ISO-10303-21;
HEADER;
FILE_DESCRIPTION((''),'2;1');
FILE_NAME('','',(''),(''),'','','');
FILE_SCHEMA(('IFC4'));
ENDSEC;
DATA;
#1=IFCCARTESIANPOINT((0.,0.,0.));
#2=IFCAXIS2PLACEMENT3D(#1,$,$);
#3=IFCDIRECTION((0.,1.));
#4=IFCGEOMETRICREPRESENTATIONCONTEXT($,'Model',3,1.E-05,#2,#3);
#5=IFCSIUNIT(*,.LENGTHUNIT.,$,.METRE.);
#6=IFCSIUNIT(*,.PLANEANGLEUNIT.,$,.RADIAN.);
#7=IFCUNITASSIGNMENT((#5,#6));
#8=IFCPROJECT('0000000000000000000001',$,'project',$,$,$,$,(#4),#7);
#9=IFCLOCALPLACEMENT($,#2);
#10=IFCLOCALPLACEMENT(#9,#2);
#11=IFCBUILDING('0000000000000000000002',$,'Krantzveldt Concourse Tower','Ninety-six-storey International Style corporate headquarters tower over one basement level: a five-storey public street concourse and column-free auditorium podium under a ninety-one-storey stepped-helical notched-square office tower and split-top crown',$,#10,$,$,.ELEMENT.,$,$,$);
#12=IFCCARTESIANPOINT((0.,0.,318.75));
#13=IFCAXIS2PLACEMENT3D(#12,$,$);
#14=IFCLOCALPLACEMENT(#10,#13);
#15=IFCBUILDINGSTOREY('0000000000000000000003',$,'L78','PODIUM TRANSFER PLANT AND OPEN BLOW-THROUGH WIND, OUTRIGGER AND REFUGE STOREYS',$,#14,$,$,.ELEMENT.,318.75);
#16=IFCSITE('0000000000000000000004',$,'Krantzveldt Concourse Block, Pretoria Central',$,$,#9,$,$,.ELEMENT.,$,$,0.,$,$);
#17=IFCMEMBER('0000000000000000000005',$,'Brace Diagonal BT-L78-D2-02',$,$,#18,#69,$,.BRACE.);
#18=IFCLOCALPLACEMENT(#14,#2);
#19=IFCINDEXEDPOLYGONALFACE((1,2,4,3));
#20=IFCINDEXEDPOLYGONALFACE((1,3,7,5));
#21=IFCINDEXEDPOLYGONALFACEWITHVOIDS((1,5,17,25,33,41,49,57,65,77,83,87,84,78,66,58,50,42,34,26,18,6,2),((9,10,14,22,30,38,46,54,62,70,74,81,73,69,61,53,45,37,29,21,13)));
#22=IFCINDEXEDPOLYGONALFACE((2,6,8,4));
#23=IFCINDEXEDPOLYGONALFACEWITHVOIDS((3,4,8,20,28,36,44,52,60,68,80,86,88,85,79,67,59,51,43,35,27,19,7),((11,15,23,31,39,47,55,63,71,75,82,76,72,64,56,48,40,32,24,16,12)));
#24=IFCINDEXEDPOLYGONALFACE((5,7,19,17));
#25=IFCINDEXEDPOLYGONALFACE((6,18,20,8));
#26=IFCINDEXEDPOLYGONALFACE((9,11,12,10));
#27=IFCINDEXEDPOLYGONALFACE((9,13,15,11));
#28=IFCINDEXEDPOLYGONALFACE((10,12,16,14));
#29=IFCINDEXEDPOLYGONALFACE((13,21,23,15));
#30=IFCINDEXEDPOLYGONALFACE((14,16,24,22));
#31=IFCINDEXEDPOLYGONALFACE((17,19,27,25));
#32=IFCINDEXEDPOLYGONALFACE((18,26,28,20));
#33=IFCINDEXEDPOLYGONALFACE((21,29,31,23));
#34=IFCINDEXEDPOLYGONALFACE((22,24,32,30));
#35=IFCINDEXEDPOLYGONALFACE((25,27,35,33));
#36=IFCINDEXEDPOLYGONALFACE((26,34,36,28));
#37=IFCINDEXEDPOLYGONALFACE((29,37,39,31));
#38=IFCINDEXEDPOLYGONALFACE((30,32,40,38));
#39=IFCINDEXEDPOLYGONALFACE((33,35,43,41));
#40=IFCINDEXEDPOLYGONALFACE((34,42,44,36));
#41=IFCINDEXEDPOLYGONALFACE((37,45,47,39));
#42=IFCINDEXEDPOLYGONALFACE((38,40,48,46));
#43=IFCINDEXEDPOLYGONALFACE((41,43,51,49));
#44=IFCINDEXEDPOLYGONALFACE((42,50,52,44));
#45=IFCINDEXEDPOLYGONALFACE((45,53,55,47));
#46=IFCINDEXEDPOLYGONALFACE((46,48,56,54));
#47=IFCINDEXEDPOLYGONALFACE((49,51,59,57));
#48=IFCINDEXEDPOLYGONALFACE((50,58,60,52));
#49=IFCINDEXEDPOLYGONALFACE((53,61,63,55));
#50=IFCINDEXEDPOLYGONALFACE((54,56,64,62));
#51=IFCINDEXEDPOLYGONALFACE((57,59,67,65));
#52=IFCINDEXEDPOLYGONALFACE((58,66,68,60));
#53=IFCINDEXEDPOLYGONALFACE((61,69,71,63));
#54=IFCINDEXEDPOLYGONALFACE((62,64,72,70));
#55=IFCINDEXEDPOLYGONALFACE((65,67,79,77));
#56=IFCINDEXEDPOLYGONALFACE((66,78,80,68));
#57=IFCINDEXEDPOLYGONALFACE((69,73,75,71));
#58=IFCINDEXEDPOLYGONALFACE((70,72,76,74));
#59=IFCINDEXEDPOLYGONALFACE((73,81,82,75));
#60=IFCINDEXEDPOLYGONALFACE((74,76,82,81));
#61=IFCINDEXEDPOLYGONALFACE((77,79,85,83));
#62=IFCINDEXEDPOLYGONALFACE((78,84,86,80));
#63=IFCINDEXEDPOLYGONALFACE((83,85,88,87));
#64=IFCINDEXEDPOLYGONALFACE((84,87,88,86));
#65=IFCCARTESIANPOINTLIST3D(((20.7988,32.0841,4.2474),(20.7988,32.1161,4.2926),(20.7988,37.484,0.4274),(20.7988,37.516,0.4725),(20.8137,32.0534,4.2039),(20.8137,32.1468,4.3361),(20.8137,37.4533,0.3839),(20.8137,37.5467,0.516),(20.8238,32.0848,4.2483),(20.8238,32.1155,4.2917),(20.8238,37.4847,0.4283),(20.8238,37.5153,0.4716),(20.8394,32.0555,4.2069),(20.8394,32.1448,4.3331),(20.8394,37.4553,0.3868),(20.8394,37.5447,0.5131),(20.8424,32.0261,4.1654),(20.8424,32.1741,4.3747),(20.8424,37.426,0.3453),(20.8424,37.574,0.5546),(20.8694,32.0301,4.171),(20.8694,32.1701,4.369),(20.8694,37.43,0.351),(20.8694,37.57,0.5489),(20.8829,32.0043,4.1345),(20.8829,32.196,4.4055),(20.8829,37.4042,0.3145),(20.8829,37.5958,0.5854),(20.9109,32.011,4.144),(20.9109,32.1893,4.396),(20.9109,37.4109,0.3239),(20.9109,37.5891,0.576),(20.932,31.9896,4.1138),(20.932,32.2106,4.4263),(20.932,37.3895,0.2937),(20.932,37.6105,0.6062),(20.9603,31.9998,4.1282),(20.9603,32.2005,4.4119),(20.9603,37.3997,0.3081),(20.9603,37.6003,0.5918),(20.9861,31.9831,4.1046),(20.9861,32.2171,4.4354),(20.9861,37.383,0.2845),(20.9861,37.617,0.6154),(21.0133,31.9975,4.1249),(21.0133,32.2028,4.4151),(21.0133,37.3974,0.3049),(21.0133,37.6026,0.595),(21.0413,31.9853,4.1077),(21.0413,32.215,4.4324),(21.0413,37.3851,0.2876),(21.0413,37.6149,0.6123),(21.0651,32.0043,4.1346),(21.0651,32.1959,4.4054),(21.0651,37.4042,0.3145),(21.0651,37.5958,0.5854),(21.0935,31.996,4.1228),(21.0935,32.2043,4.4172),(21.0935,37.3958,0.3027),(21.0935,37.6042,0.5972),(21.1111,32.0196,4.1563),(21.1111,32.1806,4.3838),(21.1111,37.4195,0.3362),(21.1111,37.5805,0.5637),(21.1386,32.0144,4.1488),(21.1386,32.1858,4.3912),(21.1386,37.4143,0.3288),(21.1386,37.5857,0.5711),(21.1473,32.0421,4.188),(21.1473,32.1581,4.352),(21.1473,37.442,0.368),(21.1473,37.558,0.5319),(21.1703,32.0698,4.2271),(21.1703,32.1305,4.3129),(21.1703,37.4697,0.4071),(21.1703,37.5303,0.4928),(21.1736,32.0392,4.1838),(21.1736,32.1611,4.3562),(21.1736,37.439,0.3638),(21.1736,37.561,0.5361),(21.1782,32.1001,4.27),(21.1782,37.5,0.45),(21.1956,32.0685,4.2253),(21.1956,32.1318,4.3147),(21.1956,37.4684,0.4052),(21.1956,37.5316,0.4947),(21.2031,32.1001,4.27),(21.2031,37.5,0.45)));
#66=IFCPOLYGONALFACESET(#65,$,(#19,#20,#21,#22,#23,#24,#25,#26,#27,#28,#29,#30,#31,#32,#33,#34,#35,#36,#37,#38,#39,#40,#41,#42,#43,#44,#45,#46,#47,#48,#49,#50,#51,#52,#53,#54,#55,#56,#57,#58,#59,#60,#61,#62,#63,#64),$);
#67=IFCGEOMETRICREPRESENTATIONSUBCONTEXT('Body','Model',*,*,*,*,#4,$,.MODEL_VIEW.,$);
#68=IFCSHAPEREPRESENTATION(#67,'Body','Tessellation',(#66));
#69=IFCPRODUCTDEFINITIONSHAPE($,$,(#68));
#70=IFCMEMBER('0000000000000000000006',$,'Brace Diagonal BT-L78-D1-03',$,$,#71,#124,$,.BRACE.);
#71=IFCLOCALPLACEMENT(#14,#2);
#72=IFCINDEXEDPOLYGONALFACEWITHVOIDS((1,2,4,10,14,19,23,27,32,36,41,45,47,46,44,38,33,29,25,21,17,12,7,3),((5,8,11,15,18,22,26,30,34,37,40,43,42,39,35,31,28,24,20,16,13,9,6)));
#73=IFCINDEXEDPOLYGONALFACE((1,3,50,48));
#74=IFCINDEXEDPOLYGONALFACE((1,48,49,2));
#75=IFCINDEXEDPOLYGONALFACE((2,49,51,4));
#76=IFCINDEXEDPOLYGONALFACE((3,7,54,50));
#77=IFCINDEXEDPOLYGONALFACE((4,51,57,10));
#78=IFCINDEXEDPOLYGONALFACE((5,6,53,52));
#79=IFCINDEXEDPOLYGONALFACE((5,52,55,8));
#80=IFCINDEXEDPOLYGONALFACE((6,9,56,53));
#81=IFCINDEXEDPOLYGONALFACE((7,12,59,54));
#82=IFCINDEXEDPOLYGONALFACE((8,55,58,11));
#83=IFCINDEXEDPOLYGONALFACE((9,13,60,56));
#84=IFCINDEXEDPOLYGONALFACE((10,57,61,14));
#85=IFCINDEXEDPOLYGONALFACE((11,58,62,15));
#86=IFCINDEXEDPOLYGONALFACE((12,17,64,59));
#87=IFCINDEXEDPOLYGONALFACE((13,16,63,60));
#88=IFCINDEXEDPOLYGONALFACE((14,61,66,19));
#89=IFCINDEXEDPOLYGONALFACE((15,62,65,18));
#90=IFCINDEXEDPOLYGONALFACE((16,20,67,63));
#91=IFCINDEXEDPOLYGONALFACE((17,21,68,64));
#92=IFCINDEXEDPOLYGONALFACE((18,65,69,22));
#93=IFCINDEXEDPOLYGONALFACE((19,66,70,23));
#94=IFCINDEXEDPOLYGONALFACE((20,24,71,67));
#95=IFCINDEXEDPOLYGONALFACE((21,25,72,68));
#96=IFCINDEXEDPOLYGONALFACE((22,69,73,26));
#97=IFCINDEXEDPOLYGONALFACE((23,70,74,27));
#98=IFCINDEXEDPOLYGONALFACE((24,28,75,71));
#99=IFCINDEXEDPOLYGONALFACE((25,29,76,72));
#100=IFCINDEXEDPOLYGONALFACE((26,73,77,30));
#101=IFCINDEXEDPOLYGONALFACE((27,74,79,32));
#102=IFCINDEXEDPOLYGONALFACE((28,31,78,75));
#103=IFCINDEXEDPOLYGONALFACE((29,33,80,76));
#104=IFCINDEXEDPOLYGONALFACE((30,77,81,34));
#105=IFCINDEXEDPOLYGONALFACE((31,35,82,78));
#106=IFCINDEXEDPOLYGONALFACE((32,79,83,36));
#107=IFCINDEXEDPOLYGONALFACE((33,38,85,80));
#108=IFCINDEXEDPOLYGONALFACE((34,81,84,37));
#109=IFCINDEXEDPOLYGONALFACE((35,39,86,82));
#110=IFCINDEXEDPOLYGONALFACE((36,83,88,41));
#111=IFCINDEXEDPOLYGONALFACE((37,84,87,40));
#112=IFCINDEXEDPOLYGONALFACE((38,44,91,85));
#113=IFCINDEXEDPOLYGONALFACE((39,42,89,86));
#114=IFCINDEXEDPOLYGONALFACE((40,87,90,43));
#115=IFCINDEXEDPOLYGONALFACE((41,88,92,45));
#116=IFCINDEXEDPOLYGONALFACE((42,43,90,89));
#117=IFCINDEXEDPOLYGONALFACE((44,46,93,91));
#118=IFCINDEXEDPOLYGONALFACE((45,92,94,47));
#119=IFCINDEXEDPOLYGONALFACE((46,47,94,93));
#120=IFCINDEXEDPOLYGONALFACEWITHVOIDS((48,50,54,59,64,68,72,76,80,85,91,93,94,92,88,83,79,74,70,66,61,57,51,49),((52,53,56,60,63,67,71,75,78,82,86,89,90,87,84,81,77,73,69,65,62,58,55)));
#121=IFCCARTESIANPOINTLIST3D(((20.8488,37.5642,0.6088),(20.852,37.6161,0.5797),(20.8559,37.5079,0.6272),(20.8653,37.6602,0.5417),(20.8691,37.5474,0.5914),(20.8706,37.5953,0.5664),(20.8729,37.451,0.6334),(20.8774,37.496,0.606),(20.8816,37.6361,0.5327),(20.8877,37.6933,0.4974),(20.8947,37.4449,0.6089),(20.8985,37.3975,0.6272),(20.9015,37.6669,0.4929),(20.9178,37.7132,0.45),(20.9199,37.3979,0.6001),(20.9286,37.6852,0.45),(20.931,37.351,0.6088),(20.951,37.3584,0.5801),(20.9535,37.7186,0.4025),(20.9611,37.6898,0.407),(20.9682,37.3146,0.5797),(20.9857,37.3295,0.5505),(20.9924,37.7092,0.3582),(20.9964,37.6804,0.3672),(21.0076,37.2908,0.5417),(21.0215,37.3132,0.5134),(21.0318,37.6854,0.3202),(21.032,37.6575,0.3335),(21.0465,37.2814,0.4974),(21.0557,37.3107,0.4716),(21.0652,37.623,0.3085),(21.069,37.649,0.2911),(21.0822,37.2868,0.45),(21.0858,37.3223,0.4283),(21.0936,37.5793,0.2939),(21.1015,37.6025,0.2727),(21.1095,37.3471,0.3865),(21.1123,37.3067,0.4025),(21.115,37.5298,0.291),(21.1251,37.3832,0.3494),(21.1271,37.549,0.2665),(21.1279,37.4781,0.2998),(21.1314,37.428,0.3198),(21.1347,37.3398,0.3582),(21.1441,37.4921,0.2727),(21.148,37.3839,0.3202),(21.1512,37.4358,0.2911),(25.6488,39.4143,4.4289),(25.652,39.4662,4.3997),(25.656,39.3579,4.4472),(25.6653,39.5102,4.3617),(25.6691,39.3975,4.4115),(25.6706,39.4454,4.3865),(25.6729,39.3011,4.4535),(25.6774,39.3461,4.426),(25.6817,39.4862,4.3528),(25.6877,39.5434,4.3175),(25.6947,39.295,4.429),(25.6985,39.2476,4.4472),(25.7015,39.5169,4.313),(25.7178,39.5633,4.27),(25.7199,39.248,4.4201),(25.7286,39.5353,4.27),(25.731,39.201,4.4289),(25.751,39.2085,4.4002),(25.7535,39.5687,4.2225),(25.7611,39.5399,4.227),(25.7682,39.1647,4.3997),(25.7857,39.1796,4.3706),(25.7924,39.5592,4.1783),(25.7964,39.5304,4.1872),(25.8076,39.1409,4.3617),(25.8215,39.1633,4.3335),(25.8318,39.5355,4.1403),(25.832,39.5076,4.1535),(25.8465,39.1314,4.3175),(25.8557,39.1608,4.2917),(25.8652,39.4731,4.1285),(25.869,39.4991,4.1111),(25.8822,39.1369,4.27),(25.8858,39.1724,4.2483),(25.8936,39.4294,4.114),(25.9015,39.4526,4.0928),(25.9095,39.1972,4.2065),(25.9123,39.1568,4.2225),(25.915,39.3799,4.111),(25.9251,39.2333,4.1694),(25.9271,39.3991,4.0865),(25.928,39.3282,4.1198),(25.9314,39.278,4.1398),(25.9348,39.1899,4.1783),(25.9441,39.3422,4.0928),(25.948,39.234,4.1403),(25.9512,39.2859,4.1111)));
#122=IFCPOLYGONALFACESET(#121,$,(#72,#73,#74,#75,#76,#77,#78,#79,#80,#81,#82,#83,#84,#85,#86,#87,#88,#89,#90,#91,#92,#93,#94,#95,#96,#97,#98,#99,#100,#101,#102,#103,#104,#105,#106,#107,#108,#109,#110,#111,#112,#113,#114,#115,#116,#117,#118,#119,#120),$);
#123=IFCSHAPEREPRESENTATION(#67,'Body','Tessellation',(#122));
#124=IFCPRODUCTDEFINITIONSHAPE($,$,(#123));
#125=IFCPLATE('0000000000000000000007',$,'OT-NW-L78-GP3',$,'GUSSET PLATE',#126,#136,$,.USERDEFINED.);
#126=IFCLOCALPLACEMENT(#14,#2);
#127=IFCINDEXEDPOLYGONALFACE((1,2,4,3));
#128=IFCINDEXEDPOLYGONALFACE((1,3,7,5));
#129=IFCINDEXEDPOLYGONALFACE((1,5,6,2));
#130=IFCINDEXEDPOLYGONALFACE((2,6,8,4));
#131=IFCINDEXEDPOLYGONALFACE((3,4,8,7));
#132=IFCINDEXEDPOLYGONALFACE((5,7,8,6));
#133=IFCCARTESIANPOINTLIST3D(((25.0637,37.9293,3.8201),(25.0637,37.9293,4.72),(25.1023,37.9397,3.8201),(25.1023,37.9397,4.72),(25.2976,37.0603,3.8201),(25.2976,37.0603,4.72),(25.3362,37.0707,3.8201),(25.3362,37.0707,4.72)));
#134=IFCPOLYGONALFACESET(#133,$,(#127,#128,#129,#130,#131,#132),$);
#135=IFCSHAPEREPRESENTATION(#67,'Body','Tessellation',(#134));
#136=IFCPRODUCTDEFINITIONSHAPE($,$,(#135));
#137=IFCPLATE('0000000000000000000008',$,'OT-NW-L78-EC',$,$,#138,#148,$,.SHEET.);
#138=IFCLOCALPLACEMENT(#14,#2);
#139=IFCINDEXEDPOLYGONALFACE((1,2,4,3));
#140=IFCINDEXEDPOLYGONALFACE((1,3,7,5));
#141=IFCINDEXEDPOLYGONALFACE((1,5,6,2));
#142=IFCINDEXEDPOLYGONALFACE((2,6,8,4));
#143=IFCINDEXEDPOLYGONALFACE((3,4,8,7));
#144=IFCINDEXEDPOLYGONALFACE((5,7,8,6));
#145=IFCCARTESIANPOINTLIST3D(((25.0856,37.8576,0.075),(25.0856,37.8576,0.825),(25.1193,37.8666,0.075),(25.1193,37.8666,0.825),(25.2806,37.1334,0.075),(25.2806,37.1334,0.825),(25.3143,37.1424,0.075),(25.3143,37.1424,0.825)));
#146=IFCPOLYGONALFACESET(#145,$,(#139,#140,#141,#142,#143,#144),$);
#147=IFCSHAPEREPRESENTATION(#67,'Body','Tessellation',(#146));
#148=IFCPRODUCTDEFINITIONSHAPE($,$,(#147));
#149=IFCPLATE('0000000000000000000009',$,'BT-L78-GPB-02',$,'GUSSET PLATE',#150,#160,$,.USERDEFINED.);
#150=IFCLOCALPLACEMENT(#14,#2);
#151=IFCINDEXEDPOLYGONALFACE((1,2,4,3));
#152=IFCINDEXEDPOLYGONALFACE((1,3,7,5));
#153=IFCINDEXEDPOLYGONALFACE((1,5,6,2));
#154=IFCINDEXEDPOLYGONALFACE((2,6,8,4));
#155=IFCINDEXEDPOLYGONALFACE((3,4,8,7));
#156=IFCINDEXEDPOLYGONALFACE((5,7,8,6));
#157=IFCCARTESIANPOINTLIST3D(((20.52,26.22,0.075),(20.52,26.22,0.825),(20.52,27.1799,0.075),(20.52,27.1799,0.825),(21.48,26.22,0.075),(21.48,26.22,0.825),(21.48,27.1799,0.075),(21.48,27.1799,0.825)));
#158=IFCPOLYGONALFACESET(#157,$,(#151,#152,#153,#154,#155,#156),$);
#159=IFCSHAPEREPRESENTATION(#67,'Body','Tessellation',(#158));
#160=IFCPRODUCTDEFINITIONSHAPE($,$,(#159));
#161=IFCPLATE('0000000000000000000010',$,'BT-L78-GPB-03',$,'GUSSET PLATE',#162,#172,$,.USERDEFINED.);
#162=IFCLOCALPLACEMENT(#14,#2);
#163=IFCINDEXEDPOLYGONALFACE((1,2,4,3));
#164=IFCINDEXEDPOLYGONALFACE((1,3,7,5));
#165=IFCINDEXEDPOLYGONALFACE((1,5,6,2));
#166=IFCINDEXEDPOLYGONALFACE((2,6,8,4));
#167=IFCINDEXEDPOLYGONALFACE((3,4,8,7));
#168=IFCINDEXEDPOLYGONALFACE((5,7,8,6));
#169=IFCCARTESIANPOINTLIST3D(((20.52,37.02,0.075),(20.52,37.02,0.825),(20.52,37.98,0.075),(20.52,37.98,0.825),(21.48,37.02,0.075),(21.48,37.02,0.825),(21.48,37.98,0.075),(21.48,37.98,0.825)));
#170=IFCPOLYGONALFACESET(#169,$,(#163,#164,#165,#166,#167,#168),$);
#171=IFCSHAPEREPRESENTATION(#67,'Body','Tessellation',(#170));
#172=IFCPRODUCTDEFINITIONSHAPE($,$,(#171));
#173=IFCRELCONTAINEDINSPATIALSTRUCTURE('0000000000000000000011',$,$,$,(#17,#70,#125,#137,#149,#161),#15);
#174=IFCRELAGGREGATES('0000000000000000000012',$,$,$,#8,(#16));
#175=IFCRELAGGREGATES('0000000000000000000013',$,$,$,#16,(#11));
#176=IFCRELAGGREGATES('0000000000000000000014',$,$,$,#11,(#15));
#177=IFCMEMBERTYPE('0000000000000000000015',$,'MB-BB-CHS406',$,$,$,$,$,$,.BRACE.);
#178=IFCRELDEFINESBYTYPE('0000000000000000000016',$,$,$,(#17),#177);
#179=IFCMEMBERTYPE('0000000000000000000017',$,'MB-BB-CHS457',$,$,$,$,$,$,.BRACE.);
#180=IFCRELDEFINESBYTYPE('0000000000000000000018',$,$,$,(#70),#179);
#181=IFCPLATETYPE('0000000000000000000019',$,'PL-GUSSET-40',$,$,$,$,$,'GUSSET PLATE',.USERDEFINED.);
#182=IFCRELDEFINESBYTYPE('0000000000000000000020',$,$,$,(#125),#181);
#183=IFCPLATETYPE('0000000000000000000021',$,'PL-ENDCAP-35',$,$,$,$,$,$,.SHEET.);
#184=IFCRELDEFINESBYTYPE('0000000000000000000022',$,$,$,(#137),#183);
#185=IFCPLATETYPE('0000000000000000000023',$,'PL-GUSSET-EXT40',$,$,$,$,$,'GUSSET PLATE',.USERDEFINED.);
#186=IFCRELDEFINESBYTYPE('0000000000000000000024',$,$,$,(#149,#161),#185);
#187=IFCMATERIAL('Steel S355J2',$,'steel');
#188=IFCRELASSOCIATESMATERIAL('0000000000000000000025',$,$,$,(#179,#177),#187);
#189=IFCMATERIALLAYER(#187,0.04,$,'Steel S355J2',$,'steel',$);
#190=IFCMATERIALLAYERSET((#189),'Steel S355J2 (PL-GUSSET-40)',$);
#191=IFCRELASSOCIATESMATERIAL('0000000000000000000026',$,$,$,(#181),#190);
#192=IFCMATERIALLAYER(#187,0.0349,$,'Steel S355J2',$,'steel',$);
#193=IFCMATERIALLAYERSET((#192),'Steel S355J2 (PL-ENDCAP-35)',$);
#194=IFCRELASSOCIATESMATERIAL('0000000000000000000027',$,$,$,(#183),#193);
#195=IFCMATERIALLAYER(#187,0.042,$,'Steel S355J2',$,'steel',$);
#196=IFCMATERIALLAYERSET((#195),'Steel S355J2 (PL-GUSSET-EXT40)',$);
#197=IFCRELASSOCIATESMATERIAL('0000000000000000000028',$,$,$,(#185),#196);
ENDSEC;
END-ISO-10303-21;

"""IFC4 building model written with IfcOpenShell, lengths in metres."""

from ifc_helpers import new_model, si_unit, direction, frame, origin, origin_2d, place, context, subcontext, project, spatial, rectangle, hollow_circle, extrude, source, transform, mapped, material, layer, layer_set, material_profile, profile_set, type_object, type_shapes, element, save


model = new_model("IFC4")

# Units and contexts
model_context = context("Model", 3, precision=1e-05, world=origin(), true_north=direction((0.0, 1.0)))
body_context = subcontext(model_context, "Body", "Model", "MODEL_VIEW")
ifc_project = project(units=[si_unit("LENGTHUNIT", "METRE"), si_unit("PLANEANGLEUNIT", "RADIAN")], contexts=[model_context])

# Site, building, storey
site_placement = place(None, origin())
site = spatial("IfcSite", under=ifc_project, at=site_placement, Name="Krantzveldt Concourse Block, Pretoria Central", CompositionType="ELEMENT", RefElevation=0.0)
building_placement = place(site_placement, origin())
building = spatial("IfcBuilding", under=site, at=building_placement, Name="Krantzveldt Concourse Tower", Description="Ninety-six-storey International Style corporate headquarters tower over one basement level: a five-storey public street concourse and column-free auditorium podium under a ninety-one-storey stepped-helical notched-square office tower and split-top crown", CompositionType="ELEMENT")
storey_placement = place(building_placement, frame((0.0, 0.0, 318.75)))
storey = spatial("IfcBuildingStorey", under=building, at=storey_placement, Name="L78", Description="PODIUM TRANSFER PLANT AND OPEN BLOW-THROUGH WIND, OUTRIGGER AND REFUGE STOREYS", CompositionType="ELEMENT", Elevation=318.75)

# Shared definitions
ifc_material_1 = material(Name="Steel S355J2", Category="steel")

# Members
ifc_material_profile_1 = material_profile(ifc_material_1, hollow_circle(Radius=0.2285, WallThickness=0.03, at=origin_2d()), Name="Steel S355J2", Category="steel")
ifc_profile_set_1 = profile_set([ifc_material_profile_1], Name="Steel S355J2 - CHS 457x30")
member_type_1 = type_object("IfcMemberType", Name="MB-BB-CHS457", PredefinedType="BRACE", material=ifc_profile_set_1)
ifc_material_profile_2 = material_profile(ifc_material_1, hollow_circle(Radius=0.2031, WallThickness=0.0249, at=origin_2d()), Name="Steel S355J2", Category="steel")
ifc_profile_set_2 = profile_set([ifc_material_profile_2], Name="Steel S355J2 - CHS 406.4x25")
member_type_2 = type_object("IfcMemberType", Name="MB-BB-CHS406", PredefinedType="BRACE", material=ifc_profile_set_2)
shared_shape_1 = source(origin(), body_context, "Body", "SweptSolid", [
    extrude(hollow_circle(Radius=0.2031, WallThickness=0.0249, at=origin_2d()), origin(), (0.0, 0.0, 1.0), 6.6145),
])
type_shapes(member_type_2, [shared_shape_1])
for number, where, z_axis, x_axis, name in (
    (1, (21.0, 37.5, 0.45), (0.0, -0.816371, 0.577528), (1.0, 0.0, 0.0), "Brace Diagonal BT-L78-D2-02"),
):
    element("IfcMember", number, at=place(storey_placement, frame(where, z_axis=z_axis, x_axis=x_axis)), inside=storey, type_object=member_type_2, Name=name, PredefinedType="BRACE", context=body_context, shape_type="MappedRepresentation", body=[
        mapped(shared_shape_1, transform((0.0, 0.0, 0.0), x_axis=(1.0, 0.0, 0.0), y_axis=(0.0, 1.0, 0.0), z_axis=(0.0, 0.0, 1.0), scale=1.0)),
    ])
shared_shape_2 = source(origin(), body_context, "Body", "SweptSolid", [
    extrude(hollow_circle(Radius=0.2285, WallThickness=0.03, at=origin_2d()), origin(), (0.0, 0.0, 1.0), 6.4075),
])
member_1_placement = place(storey_placement, frame((21.0, 37.5, 0.45), z_axis=(0.749128, 0.288739, 0.596186), x_axis=(-0.359644, 0.93309, 0.0)))
element("IfcMember", 2, at=member_1_placement, inside=storey, type_object=member_type_1, Name="Brace Diagonal BT-L78-D1-03", PredefinedType="BRACE", context=body_context, shape_type="MappedRepresentation", body=[
    mapped(shared_shape_2, transform((0.0, 0.0, 0.0), x_axis=(1.0, 0.0, 0.0), y_axis=(0.0, 1.0, 0.0), z_axis=(0.0, 0.0, 1.0), scale=1.0)),
])

# Plates
ifc_layer_1 = layer(ifc_material_1, 0.04, Name="Steel S355J2", Category="steel")
ifc_layer_set_1 = layer_set([ifc_layer_1], Name="Steel S355J2 (PL-GUSSET-40)")
plate_type_1 = type_object("IfcPlateType", Name="PL-GUSSET-40", ElementType="GUSSET PLATE", PredefinedType="USERDEFINED", material=ifc_layer_set_1)
shared_shape_3 = source(origin(), body_context, "Body", "SweptSolid", [
    extrude(rectangle(XDim=0.8999, YDim=0.04, at=origin_2d()), origin(), (0.0, 0.0, 1.0), 0.8999),
])
type_shapes(plate_type_1, [shared_shape_3])
plate_1_placement = place(storey_placement, frame((25.2, 37.5, 3.8201), z_axis=(0.0, 0.0, 1.0), x_axis=(-0.259915, 0.965632, 0.0)))
element("IfcPlate", 3, at=plate_1_placement, inside=storey, type_object=plate_type_1, Name="OT-NW-L78-GP3", ObjectType="GUSSET PLATE", PredefinedType="USERDEFINED", context=body_context, shape_type="MappedRepresentation", body=[
    mapped(shared_shape_3, transform((0.0, 0.0, 0.0), x_axis=(1.0, 0.0, 0.0), y_axis=(0.0, 1.0, 0.0), z_axis=(0.0, 0.0, 1.0), scale=1.0)),
])
ifc_layer_2 = layer(ifc_material_1, 0.0349, Name="Steel S355J2", Category="steel")
ifc_layer_set_2 = layer_set([ifc_layer_2], Name="Steel S355J2 (PL-ENDCAP-35)")
plate_type_2 = type_object("IfcPlateType", Name="PL-ENDCAP-35", PredefinedType="SHEET", material=ifc_layer_set_2)
shared_shape_4 = source(origin(), body_context, "Body", "SweptSolid", [
    extrude(rectangle(XDim=0.75, YDim=0.0349, at=origin_2d()), origin(), (0.0, 0.0, 1.0), 0.75),
])
type_shapes(plate_type_2, [shared_shape_4])
plate_2_placement = place(storey_placement, frame((25.2, 37.5, 0.075), z_axis=(0.0, 0.0, 1.0), x_axis=(-0.259915, 0.965632, 0.0)))
element("IfcPlate", 4, at=plate_2_placement, inside=storey, type_object=plate_type_2, Name="OT-NW-L78-EC", PredefinedType="SHEET", context=body_context, shape_type="MappedRepresentation", body=[
    mapped(shared_shape_4, transform((0.0, 0.0, 0.0), x_axis=(1.0, 0.0, 0.0), y_axis=(0.0, 1.0, 0.0), z_axis=(0.0, 0.0, 1.0), scale=1.0)),
])
ifc_layer_3 = layer(ifc_material_1, 0.042, Name="Steel S355J2", Category="steel")
ifc_layer_set_3 = layer_set([ifc_layer_3], Name="Steel S355J2 (PL-GUSSET-EXT40)")
plate_type_3 = type_object("IfcPlateType", Name="PL-GUSSET-EXT40", ElementType="GUSSET PLATE", PredefinedType="USERDEFINED", material=ifc_layer_set_3)
shared_shape_5 = source(origin(), body_context, "Body", "SweptSolid", [
    extrude(rectangle(XDim=0.96, YDim=0.96, at=origin_2d()), origin(), (0.0, 0.0, 1.0), 0.75),
])
for number, where, z_axis, x_axis, name in (
    (5, (21.0, 26.7, 0.075), (0.0, 0.0, 1.0), (1.0, 0.0, 0.0), "BT-L78-GPB-02"),
    (6, (21.0, 37.5, 0.075), (0.0, 0.0, 1.0), (1.0, 0.0, 0.0), "BT-L78-GPB-03"),
):
    element("IfcPlate", number, at=place(storey_placement, frame(where, z_axis=z_axis, x_axis=x_axis)), inside=storey, type_object=plate_type_3, Name=name, ObjectType="GUSSET PLATE", PredefinedType="USERDEFINED", context=body_context, shape_type="MappedRepresentation", body=[
        mapped(shared_shape_5, transform((0.0, 0.0, 0.0), x_axis=(1.0, 0.0, 0.0), y_axis=(0.0, 1.0, 0.0), z_axis=(0.0, 0.0, 1.0), scale=1.0)),
    ])

save(model, "model.ifc")
